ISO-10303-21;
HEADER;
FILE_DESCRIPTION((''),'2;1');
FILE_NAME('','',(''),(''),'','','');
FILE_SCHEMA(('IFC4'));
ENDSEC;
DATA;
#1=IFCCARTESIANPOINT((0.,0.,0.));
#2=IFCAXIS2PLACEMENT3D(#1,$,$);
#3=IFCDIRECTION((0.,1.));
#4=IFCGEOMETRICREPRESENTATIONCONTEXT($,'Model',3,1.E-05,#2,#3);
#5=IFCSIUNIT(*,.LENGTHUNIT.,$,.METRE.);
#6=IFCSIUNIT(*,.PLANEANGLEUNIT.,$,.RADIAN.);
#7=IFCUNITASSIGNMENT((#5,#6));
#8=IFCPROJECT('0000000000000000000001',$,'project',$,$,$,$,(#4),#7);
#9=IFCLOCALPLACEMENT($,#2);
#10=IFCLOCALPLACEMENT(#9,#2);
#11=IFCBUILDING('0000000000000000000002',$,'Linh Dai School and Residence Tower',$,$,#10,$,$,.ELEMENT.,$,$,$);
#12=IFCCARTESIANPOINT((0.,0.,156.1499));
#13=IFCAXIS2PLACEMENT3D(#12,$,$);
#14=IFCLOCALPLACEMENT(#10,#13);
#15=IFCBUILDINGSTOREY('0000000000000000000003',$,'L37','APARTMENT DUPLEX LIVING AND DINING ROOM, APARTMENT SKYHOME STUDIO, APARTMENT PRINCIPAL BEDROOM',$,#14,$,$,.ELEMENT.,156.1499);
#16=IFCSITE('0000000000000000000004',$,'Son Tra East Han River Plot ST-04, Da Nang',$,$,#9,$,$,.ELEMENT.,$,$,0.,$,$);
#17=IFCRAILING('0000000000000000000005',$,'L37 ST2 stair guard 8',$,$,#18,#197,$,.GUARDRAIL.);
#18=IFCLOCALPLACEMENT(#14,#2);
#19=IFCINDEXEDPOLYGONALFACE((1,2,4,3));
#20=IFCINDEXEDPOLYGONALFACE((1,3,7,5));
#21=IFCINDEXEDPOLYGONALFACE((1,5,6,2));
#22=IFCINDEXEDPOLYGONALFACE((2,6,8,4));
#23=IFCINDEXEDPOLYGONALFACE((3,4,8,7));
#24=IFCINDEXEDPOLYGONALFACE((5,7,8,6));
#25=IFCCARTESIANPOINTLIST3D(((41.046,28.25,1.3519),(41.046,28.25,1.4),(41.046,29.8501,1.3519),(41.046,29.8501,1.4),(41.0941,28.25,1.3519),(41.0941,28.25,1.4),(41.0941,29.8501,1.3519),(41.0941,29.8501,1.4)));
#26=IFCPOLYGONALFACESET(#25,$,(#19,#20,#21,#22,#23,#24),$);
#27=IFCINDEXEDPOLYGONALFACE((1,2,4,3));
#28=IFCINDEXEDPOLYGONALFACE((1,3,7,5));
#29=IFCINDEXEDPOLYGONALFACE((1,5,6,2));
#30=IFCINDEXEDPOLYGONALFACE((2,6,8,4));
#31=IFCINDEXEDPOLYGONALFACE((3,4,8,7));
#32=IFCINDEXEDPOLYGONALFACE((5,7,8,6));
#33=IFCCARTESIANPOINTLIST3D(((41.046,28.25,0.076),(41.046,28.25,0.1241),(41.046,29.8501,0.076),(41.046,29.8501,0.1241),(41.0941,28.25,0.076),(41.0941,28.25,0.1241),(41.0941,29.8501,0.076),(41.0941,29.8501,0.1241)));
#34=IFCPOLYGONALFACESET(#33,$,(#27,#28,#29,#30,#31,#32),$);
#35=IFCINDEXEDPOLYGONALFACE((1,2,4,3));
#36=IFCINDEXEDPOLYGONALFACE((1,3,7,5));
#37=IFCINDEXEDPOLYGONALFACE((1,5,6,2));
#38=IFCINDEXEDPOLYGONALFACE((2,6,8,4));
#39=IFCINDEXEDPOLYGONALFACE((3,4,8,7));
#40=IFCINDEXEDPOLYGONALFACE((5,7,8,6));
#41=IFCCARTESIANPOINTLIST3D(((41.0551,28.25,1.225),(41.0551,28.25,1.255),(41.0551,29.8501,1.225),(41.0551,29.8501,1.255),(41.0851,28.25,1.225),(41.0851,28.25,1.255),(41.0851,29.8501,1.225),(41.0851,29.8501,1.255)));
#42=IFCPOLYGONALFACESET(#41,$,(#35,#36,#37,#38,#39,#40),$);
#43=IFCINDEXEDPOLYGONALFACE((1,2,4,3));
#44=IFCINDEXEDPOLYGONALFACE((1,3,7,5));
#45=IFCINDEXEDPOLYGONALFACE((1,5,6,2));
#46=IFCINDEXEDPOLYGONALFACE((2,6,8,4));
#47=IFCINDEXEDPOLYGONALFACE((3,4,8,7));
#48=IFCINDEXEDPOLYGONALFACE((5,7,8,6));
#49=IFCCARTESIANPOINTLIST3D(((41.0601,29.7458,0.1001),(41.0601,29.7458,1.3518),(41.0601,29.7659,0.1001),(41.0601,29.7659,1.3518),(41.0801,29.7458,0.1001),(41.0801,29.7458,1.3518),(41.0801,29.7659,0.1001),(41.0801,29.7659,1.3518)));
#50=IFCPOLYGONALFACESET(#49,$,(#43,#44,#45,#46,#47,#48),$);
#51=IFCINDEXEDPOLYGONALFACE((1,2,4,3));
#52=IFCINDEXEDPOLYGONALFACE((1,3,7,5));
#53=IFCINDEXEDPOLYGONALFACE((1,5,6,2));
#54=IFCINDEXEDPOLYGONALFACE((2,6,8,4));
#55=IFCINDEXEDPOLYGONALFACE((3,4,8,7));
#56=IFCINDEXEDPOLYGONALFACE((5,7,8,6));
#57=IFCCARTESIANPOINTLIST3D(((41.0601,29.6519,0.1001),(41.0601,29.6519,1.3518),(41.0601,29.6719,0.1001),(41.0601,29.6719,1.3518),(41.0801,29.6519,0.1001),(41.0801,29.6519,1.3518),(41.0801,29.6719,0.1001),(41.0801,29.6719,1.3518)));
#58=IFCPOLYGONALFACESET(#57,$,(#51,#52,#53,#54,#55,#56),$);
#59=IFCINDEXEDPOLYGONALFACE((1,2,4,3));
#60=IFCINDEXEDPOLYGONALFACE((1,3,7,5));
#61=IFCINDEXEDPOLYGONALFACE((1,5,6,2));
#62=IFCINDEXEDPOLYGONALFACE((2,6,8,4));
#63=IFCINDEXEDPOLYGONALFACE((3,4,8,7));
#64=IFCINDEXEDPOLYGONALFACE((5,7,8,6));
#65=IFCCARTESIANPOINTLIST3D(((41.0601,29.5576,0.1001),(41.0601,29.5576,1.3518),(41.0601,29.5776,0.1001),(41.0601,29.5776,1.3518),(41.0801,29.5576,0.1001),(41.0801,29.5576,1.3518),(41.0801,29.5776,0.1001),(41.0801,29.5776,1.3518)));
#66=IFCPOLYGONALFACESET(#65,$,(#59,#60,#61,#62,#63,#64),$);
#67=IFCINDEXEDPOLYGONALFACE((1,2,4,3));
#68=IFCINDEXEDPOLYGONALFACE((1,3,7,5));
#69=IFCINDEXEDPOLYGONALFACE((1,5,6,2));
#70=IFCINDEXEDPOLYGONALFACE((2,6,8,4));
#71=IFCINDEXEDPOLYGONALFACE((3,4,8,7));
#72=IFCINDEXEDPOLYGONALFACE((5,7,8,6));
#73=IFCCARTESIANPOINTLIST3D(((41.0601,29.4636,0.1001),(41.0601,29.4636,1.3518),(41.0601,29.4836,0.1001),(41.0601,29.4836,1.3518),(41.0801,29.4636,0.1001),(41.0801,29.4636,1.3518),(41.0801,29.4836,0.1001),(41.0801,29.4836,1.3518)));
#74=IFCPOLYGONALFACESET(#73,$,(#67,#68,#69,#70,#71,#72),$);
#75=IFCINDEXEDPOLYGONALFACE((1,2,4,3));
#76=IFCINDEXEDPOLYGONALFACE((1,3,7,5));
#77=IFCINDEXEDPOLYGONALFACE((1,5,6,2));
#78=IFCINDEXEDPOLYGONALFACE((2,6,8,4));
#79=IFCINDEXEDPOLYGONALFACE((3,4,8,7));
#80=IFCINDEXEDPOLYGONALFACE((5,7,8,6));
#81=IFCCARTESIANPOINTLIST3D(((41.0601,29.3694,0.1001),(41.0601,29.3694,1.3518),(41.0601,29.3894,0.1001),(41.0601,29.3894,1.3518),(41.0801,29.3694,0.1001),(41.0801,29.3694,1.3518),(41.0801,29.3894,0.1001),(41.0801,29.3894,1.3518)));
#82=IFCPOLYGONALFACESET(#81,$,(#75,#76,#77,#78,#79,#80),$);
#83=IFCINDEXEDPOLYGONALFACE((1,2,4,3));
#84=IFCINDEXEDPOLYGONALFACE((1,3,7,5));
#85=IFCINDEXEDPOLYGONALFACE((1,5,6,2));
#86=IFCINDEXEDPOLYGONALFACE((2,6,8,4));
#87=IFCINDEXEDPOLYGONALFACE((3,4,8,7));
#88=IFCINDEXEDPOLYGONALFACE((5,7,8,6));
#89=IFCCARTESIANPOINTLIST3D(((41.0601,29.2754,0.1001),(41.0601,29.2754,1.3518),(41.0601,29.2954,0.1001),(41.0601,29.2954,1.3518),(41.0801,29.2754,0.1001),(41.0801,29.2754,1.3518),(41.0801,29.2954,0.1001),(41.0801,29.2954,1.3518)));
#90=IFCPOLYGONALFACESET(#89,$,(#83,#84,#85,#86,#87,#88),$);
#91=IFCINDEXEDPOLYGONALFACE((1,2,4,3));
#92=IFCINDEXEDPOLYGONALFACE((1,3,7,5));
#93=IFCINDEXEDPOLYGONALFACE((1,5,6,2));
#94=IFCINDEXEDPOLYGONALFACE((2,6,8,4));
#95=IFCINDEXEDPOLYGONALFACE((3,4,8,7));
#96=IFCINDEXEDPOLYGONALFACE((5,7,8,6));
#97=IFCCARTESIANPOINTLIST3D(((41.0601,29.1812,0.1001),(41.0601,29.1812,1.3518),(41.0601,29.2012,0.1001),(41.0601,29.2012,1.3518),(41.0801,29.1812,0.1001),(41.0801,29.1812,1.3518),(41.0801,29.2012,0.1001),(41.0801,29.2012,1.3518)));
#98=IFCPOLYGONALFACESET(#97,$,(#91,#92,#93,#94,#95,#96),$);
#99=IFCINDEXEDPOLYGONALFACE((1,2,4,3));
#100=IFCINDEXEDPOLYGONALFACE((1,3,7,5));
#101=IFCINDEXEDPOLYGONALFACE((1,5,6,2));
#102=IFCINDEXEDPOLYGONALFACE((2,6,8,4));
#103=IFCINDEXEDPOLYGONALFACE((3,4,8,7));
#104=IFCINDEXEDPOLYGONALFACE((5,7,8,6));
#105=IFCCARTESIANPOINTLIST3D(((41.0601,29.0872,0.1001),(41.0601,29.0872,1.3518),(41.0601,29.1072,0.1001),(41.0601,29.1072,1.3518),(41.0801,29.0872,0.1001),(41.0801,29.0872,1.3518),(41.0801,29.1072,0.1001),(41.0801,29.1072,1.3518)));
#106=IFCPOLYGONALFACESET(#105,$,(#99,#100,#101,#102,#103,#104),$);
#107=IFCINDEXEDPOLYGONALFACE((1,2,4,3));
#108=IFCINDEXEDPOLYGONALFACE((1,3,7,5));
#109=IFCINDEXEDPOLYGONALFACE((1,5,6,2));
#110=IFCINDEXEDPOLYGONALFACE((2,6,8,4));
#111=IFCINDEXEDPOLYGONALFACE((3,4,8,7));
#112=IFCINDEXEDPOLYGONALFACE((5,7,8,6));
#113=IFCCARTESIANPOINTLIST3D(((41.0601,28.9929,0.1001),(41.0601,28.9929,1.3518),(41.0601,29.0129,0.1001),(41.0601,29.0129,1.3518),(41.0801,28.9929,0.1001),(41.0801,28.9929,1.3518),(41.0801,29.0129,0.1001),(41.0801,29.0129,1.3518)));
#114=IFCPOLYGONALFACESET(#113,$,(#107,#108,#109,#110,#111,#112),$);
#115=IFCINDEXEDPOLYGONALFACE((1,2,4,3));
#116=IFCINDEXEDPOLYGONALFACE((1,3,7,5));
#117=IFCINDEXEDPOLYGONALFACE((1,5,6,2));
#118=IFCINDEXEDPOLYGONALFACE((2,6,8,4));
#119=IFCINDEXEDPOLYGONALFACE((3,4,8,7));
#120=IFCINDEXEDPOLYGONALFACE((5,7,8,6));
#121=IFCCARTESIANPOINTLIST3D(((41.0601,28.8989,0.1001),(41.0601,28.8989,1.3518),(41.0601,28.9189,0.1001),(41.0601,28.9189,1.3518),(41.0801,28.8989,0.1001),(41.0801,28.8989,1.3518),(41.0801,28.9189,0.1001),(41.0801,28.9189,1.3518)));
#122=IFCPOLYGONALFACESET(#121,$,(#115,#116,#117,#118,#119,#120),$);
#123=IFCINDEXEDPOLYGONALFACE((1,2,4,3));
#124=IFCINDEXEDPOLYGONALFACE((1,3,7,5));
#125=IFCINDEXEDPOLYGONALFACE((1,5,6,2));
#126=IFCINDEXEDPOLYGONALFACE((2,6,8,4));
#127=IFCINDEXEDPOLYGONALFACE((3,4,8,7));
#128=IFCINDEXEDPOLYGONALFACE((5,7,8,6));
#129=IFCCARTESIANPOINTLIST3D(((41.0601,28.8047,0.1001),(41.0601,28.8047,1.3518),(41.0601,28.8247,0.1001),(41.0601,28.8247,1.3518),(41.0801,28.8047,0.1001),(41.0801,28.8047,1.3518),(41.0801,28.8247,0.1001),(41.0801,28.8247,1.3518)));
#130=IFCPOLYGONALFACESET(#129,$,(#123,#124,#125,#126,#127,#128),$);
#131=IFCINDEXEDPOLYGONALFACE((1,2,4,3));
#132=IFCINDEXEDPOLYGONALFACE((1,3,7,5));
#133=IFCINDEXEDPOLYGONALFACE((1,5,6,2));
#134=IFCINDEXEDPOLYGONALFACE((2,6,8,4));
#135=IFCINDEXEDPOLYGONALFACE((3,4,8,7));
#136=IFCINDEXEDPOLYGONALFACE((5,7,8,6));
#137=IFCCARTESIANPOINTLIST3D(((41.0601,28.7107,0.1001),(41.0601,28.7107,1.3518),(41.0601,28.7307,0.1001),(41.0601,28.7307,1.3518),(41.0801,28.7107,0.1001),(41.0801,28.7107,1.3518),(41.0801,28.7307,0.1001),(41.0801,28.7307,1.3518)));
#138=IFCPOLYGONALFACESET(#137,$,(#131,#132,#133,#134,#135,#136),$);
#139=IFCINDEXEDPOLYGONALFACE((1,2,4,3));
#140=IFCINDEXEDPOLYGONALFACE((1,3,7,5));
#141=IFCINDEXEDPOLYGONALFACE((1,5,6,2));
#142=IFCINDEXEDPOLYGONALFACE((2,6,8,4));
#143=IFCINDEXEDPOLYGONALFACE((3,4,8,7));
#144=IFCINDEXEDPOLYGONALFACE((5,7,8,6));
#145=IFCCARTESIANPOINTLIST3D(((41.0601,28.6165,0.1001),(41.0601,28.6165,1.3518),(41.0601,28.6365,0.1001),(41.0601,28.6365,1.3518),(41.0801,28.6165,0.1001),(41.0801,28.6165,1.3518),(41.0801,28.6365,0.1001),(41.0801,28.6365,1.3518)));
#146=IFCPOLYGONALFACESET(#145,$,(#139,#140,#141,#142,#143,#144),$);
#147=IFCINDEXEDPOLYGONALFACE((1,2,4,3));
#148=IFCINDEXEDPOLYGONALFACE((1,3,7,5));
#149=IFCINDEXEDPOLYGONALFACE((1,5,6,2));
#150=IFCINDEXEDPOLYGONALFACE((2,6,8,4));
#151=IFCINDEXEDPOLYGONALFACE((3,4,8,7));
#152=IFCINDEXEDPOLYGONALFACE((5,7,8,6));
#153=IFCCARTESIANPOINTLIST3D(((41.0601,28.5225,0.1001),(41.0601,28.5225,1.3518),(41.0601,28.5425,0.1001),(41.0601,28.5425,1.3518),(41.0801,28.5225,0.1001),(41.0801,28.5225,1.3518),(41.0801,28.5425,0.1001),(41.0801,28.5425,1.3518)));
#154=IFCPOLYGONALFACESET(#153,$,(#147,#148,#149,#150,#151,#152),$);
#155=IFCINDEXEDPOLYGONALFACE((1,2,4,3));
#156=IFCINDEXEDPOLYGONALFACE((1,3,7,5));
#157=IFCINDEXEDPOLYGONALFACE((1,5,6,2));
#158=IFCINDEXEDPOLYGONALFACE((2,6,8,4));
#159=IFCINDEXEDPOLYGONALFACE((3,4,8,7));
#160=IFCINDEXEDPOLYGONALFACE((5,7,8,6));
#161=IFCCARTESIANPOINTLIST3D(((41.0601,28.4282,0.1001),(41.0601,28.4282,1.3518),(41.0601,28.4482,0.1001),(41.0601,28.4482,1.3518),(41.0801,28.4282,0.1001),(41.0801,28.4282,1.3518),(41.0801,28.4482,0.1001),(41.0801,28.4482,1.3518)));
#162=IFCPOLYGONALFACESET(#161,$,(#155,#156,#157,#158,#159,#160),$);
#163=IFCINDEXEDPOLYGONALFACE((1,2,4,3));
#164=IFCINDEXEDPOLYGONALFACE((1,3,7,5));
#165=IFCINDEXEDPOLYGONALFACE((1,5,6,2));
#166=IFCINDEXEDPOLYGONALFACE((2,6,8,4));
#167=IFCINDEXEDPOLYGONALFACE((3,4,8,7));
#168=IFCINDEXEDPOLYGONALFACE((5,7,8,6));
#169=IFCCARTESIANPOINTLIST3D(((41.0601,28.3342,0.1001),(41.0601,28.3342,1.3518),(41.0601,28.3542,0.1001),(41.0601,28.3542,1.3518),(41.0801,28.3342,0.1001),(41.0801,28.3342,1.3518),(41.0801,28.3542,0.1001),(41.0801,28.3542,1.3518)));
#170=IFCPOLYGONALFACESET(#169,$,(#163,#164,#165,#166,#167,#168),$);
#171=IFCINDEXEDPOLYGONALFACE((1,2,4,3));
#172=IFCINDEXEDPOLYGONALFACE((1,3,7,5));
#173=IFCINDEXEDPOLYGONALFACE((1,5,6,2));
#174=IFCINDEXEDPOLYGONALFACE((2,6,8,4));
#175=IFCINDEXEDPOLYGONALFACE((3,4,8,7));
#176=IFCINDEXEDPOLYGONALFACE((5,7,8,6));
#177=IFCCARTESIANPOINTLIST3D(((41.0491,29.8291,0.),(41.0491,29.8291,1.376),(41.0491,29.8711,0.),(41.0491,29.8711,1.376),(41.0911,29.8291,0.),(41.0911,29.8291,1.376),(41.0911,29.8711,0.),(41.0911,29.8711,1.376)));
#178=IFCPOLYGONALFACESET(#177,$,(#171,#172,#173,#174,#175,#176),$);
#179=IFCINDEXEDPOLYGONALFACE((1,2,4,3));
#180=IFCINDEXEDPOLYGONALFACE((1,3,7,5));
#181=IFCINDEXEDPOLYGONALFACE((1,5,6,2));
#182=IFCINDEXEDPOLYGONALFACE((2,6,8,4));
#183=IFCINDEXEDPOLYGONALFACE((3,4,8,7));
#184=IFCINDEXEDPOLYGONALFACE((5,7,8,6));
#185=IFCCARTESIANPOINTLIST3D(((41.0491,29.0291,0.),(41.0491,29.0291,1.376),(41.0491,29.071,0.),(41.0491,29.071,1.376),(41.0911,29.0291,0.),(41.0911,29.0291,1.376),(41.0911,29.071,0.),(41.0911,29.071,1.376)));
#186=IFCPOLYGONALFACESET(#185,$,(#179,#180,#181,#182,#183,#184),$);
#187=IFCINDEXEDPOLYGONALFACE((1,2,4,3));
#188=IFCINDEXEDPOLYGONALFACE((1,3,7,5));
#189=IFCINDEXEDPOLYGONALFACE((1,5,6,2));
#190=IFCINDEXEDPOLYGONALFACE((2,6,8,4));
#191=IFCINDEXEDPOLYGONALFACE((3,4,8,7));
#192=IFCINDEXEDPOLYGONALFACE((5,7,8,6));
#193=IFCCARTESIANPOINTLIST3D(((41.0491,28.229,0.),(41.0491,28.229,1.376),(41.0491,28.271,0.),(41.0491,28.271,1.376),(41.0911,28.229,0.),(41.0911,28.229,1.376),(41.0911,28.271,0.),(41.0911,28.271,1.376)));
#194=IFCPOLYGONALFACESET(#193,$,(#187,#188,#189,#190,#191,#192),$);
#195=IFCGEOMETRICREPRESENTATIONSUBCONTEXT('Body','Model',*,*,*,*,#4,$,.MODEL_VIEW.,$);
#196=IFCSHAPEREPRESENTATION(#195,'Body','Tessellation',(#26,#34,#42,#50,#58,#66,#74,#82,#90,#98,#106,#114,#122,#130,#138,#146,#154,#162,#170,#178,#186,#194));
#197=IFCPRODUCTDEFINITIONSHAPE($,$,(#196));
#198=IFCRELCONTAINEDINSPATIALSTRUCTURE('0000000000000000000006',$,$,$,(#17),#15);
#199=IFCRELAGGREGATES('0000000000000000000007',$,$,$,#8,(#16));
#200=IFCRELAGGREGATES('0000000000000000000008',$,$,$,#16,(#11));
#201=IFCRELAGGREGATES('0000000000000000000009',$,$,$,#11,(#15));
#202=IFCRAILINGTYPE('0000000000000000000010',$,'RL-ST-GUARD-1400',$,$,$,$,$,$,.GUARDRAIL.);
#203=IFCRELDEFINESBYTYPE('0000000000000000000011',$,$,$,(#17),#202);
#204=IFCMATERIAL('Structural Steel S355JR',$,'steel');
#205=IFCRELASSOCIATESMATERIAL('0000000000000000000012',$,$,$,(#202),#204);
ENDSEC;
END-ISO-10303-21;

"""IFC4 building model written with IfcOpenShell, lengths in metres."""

from ifc_helpers import new_model, si_unit, direction, frame, origin, origin_2d, place, context, subcontext, project, spatial, rectangle, extrude, source, transform, mapped, material, type_object, element, save


model = new_model("IFC4")

# Units and contexts
model_context = context("Model", 3, precision=1e-05, world=origin(), true_north=direction((0.0, 1.0)))
body_context = subcontext(model_context, "Body", "Model", "MODEL_VIEW")
ifc_project = project(units=[si_unit("LENGTHUNIT", "METRE"), si_unit("PLANEANGLEUNIT", "RADIAN")], contexts=[model_context])

# Site, building, storey
site_placement = place(None, origin())
site = spatial("IfcSite", under=ifc_project, at=site_placement, Name="Son Tra East Han River Plot ST-04, Da Nang", CompositionType="ELEMENT", RefElevation=0.0)
building_placement = place(site_placement, origin())
building = spatial("IfcBuilding", under=site, at=building_placement, Name="Linh Dai School and Residence Tower", CompositionType="ELEMENT")
storey_placement = place(building_placement, frame((0.0, 0.0, 156.1499)))
storey = spatial("IfcBuildingStorey", under=building, at=storey_placement, Name="L37", Description="APARTMENT DUPLEX LIVING AND DINING ROOM, APARTMENT SKYHOME STUDIO, APARTMENT PRINCIPAL BEDROOM", CompositionType="ELEMENT", Elevation=156.1499)

# Shared definitions
ifc_material_1 = material(Name="Structural Steel S355JR", Category="steel")

# Railing
railing_type_1 = type_object("IfcRailingType", Name="RL-ST-GUARD-1400", PredefinedType="GUARDRAIL", material=ifc_material_1)
shared_shape_1 = source(origin(), body_context, "Body", "SweptSolid", [
    extrude(rectangle(XDim=0.0481, YDim=0.0481, at=origin_2d()), frame((0.0, 0.0, 1.376), z_axis=(0.0, -1.0, 0.0), x_axis=(1.0, 0.0, 0.0)), (0.0, 0.0, 1.0), 1.6001),
    extrude(rectangle(XDim=0.0481, YDim=0.0481, at=origin_2d()), frame((0.0, 0.0, 0.1001), z_axis=(0.0, -1.0, 0.0), x_axis=(1.0, 0.0, 0.0)), (0.0, 0.0, 1.0), 1.6001),
    extrude(rectangle(XDim=0.03, YDim=0.03, at=origin_2d()), frame((0.0, 0.0, 1.24), z_axis=(0.0, -1.0, 0.0), x_axis=(1.0, 0.0, 0.0)), (0.0, 0.0, 1.0), 1.6001),
    extrude(rectangle(XDim=0.02, YDim=0.02, at=origin_2d()), frame((0.0, -0.0942, 0.1001)), (0.0, 0.0, 1.0), 1.2517),
    extrude(rectangle(XDim=0.02, YDim=0.02, at=origin_2d()), frame((0.0, -0.1882, 0.1001)), (0.0, 0.0, 1.0), 1.2517),
    extrude(rectangle(XDim=0.02, YDim=0.02, at=origin_2d()), frame((0.0, -0.2825, 0.1001)), (0.0, 0.0, 1.0), 1.2517),
    extrude(rectangle(XDim=0.02, YDim=0.02, at=origin_2d()), frame((0.0, -0.3765, 0.1001)), (0.0, 0.0, 1.0), 1.2517),
    extrude(rectangle(XDim=0.02, YDim=0.02, at=origin_2d()), frame((0.0, -0.4707, 0.1001)), (0.0, 0.0, 1.0), 1.2517),
    extrude(rectangle(XDim=0.02, YDim=0.02, at=origin_2d()), frame((0.0, -0.5647, 0.1001)), (0.0, 0.0, 1.0), 1.2517),
    extrude(rectangle(XDim=0.02, YDim=0.02, at=origin_2d()), frame((0.0, -0.6589, 0.1001)), (0.0, 0.0, 1.0), 1.2517),
    extrude(rectangle(XDim=0.02, YDim=0.02, at=origin_2d()), frame((0.0, -0.7529, 0.1001)), (0.0, 0.0, 1.0), 1.2517),
    extrude(rectangle(XDim=0.02, YDim=0.02, at=origin_2d()), frame((0.0, -0.8472, 0.1001)), (0.0, 0.0, 1.0), 1.2517),
    extrude(rectangle(XDim=0.02, YDim=0.02, at=origin_2d()), frame((0.0, -0.9412, 0.1001)), (0.0, 0.0, 1.0), 1.2517),
    extrude(rectangle(XDim=0.02, YDim=0.02, at=origin_2d()), frame((0.0, -1.0354, 0.1001)), (0.0, 0.0, 1.0), 1.2517),
    extrude(rectangle(XDim=0.02, YDim=0.02, at=origin_2d()), frame((0.0, -1.1294, 0.1001)), (0.0, 0.0, 1.0), 1.2517),
    extrude(rectangle(XDim=0.02, YDim=0.02, at=origin_2d()), frame((0.0, -1.2236, 0.1001)), (0.0, 0.0, 1.0), 1.2517),
    extrude(rectangle(XDim=0.02, YDim=0.02, at=origin_2d()), frame((0.0, -1.3176, 0.1001)), (0.0, 0.0, 1.0), 1.2517),
    extrude(rectangle(XDim=0.02, YDim=0.02, at=origin_2d()), frame((0.0, -1.4119, 0.1001)), (0.0, 0.0, 1.0), 1.2517),
    extrude(rectangle(XDim=0.02, YDim=0.02, at=origin_2d()), frame((0.0, -1.5059, 0.1001)), (0.0, 0.0, 1.0), 1.2517),
    extrude(rectangle(XDim=0.042, YDim=0.042, at=origin_2d()), origin(), (0.0, 0.0, 1.0), 1.376),
    extrude(rectangle(XDim=0.042, YDim=0.042, at=origin_2d()), frame((0.0, -0.8, 0.0)), (0.0, 0.0, 1.0), 1.376),
    extrude(rectangle(XDim=0.042, YDim=0.042, at=origin_2d()), frame((0.0, -1.6001, 0.0)), (0.0, 0.0, 1.0), 1.376),
])
for number, where, name in (
    (1, (41.0701, 29.8501, 0.0), "L37 ST2 stair guard 8"),
):
    element("IfcRailing", number, at=place(storey_placement, frame(where)), inside=storey, type_object=railing_type_1, Name=name, PredefinedType="GUARDRAIL", context=body_context, shape_type="MappedRepresentation", body=[
        mapped(shared_shape_1, transform((0.0, 0.0, 0.0), x_axis=(1.0, 0.0, 0.0), y_axis=(0.0, 1.0, 0.0), z_axis=(0.0, 0.0, 1.0), scale=1.0)),
    ])

save(model, "model.ifc")
